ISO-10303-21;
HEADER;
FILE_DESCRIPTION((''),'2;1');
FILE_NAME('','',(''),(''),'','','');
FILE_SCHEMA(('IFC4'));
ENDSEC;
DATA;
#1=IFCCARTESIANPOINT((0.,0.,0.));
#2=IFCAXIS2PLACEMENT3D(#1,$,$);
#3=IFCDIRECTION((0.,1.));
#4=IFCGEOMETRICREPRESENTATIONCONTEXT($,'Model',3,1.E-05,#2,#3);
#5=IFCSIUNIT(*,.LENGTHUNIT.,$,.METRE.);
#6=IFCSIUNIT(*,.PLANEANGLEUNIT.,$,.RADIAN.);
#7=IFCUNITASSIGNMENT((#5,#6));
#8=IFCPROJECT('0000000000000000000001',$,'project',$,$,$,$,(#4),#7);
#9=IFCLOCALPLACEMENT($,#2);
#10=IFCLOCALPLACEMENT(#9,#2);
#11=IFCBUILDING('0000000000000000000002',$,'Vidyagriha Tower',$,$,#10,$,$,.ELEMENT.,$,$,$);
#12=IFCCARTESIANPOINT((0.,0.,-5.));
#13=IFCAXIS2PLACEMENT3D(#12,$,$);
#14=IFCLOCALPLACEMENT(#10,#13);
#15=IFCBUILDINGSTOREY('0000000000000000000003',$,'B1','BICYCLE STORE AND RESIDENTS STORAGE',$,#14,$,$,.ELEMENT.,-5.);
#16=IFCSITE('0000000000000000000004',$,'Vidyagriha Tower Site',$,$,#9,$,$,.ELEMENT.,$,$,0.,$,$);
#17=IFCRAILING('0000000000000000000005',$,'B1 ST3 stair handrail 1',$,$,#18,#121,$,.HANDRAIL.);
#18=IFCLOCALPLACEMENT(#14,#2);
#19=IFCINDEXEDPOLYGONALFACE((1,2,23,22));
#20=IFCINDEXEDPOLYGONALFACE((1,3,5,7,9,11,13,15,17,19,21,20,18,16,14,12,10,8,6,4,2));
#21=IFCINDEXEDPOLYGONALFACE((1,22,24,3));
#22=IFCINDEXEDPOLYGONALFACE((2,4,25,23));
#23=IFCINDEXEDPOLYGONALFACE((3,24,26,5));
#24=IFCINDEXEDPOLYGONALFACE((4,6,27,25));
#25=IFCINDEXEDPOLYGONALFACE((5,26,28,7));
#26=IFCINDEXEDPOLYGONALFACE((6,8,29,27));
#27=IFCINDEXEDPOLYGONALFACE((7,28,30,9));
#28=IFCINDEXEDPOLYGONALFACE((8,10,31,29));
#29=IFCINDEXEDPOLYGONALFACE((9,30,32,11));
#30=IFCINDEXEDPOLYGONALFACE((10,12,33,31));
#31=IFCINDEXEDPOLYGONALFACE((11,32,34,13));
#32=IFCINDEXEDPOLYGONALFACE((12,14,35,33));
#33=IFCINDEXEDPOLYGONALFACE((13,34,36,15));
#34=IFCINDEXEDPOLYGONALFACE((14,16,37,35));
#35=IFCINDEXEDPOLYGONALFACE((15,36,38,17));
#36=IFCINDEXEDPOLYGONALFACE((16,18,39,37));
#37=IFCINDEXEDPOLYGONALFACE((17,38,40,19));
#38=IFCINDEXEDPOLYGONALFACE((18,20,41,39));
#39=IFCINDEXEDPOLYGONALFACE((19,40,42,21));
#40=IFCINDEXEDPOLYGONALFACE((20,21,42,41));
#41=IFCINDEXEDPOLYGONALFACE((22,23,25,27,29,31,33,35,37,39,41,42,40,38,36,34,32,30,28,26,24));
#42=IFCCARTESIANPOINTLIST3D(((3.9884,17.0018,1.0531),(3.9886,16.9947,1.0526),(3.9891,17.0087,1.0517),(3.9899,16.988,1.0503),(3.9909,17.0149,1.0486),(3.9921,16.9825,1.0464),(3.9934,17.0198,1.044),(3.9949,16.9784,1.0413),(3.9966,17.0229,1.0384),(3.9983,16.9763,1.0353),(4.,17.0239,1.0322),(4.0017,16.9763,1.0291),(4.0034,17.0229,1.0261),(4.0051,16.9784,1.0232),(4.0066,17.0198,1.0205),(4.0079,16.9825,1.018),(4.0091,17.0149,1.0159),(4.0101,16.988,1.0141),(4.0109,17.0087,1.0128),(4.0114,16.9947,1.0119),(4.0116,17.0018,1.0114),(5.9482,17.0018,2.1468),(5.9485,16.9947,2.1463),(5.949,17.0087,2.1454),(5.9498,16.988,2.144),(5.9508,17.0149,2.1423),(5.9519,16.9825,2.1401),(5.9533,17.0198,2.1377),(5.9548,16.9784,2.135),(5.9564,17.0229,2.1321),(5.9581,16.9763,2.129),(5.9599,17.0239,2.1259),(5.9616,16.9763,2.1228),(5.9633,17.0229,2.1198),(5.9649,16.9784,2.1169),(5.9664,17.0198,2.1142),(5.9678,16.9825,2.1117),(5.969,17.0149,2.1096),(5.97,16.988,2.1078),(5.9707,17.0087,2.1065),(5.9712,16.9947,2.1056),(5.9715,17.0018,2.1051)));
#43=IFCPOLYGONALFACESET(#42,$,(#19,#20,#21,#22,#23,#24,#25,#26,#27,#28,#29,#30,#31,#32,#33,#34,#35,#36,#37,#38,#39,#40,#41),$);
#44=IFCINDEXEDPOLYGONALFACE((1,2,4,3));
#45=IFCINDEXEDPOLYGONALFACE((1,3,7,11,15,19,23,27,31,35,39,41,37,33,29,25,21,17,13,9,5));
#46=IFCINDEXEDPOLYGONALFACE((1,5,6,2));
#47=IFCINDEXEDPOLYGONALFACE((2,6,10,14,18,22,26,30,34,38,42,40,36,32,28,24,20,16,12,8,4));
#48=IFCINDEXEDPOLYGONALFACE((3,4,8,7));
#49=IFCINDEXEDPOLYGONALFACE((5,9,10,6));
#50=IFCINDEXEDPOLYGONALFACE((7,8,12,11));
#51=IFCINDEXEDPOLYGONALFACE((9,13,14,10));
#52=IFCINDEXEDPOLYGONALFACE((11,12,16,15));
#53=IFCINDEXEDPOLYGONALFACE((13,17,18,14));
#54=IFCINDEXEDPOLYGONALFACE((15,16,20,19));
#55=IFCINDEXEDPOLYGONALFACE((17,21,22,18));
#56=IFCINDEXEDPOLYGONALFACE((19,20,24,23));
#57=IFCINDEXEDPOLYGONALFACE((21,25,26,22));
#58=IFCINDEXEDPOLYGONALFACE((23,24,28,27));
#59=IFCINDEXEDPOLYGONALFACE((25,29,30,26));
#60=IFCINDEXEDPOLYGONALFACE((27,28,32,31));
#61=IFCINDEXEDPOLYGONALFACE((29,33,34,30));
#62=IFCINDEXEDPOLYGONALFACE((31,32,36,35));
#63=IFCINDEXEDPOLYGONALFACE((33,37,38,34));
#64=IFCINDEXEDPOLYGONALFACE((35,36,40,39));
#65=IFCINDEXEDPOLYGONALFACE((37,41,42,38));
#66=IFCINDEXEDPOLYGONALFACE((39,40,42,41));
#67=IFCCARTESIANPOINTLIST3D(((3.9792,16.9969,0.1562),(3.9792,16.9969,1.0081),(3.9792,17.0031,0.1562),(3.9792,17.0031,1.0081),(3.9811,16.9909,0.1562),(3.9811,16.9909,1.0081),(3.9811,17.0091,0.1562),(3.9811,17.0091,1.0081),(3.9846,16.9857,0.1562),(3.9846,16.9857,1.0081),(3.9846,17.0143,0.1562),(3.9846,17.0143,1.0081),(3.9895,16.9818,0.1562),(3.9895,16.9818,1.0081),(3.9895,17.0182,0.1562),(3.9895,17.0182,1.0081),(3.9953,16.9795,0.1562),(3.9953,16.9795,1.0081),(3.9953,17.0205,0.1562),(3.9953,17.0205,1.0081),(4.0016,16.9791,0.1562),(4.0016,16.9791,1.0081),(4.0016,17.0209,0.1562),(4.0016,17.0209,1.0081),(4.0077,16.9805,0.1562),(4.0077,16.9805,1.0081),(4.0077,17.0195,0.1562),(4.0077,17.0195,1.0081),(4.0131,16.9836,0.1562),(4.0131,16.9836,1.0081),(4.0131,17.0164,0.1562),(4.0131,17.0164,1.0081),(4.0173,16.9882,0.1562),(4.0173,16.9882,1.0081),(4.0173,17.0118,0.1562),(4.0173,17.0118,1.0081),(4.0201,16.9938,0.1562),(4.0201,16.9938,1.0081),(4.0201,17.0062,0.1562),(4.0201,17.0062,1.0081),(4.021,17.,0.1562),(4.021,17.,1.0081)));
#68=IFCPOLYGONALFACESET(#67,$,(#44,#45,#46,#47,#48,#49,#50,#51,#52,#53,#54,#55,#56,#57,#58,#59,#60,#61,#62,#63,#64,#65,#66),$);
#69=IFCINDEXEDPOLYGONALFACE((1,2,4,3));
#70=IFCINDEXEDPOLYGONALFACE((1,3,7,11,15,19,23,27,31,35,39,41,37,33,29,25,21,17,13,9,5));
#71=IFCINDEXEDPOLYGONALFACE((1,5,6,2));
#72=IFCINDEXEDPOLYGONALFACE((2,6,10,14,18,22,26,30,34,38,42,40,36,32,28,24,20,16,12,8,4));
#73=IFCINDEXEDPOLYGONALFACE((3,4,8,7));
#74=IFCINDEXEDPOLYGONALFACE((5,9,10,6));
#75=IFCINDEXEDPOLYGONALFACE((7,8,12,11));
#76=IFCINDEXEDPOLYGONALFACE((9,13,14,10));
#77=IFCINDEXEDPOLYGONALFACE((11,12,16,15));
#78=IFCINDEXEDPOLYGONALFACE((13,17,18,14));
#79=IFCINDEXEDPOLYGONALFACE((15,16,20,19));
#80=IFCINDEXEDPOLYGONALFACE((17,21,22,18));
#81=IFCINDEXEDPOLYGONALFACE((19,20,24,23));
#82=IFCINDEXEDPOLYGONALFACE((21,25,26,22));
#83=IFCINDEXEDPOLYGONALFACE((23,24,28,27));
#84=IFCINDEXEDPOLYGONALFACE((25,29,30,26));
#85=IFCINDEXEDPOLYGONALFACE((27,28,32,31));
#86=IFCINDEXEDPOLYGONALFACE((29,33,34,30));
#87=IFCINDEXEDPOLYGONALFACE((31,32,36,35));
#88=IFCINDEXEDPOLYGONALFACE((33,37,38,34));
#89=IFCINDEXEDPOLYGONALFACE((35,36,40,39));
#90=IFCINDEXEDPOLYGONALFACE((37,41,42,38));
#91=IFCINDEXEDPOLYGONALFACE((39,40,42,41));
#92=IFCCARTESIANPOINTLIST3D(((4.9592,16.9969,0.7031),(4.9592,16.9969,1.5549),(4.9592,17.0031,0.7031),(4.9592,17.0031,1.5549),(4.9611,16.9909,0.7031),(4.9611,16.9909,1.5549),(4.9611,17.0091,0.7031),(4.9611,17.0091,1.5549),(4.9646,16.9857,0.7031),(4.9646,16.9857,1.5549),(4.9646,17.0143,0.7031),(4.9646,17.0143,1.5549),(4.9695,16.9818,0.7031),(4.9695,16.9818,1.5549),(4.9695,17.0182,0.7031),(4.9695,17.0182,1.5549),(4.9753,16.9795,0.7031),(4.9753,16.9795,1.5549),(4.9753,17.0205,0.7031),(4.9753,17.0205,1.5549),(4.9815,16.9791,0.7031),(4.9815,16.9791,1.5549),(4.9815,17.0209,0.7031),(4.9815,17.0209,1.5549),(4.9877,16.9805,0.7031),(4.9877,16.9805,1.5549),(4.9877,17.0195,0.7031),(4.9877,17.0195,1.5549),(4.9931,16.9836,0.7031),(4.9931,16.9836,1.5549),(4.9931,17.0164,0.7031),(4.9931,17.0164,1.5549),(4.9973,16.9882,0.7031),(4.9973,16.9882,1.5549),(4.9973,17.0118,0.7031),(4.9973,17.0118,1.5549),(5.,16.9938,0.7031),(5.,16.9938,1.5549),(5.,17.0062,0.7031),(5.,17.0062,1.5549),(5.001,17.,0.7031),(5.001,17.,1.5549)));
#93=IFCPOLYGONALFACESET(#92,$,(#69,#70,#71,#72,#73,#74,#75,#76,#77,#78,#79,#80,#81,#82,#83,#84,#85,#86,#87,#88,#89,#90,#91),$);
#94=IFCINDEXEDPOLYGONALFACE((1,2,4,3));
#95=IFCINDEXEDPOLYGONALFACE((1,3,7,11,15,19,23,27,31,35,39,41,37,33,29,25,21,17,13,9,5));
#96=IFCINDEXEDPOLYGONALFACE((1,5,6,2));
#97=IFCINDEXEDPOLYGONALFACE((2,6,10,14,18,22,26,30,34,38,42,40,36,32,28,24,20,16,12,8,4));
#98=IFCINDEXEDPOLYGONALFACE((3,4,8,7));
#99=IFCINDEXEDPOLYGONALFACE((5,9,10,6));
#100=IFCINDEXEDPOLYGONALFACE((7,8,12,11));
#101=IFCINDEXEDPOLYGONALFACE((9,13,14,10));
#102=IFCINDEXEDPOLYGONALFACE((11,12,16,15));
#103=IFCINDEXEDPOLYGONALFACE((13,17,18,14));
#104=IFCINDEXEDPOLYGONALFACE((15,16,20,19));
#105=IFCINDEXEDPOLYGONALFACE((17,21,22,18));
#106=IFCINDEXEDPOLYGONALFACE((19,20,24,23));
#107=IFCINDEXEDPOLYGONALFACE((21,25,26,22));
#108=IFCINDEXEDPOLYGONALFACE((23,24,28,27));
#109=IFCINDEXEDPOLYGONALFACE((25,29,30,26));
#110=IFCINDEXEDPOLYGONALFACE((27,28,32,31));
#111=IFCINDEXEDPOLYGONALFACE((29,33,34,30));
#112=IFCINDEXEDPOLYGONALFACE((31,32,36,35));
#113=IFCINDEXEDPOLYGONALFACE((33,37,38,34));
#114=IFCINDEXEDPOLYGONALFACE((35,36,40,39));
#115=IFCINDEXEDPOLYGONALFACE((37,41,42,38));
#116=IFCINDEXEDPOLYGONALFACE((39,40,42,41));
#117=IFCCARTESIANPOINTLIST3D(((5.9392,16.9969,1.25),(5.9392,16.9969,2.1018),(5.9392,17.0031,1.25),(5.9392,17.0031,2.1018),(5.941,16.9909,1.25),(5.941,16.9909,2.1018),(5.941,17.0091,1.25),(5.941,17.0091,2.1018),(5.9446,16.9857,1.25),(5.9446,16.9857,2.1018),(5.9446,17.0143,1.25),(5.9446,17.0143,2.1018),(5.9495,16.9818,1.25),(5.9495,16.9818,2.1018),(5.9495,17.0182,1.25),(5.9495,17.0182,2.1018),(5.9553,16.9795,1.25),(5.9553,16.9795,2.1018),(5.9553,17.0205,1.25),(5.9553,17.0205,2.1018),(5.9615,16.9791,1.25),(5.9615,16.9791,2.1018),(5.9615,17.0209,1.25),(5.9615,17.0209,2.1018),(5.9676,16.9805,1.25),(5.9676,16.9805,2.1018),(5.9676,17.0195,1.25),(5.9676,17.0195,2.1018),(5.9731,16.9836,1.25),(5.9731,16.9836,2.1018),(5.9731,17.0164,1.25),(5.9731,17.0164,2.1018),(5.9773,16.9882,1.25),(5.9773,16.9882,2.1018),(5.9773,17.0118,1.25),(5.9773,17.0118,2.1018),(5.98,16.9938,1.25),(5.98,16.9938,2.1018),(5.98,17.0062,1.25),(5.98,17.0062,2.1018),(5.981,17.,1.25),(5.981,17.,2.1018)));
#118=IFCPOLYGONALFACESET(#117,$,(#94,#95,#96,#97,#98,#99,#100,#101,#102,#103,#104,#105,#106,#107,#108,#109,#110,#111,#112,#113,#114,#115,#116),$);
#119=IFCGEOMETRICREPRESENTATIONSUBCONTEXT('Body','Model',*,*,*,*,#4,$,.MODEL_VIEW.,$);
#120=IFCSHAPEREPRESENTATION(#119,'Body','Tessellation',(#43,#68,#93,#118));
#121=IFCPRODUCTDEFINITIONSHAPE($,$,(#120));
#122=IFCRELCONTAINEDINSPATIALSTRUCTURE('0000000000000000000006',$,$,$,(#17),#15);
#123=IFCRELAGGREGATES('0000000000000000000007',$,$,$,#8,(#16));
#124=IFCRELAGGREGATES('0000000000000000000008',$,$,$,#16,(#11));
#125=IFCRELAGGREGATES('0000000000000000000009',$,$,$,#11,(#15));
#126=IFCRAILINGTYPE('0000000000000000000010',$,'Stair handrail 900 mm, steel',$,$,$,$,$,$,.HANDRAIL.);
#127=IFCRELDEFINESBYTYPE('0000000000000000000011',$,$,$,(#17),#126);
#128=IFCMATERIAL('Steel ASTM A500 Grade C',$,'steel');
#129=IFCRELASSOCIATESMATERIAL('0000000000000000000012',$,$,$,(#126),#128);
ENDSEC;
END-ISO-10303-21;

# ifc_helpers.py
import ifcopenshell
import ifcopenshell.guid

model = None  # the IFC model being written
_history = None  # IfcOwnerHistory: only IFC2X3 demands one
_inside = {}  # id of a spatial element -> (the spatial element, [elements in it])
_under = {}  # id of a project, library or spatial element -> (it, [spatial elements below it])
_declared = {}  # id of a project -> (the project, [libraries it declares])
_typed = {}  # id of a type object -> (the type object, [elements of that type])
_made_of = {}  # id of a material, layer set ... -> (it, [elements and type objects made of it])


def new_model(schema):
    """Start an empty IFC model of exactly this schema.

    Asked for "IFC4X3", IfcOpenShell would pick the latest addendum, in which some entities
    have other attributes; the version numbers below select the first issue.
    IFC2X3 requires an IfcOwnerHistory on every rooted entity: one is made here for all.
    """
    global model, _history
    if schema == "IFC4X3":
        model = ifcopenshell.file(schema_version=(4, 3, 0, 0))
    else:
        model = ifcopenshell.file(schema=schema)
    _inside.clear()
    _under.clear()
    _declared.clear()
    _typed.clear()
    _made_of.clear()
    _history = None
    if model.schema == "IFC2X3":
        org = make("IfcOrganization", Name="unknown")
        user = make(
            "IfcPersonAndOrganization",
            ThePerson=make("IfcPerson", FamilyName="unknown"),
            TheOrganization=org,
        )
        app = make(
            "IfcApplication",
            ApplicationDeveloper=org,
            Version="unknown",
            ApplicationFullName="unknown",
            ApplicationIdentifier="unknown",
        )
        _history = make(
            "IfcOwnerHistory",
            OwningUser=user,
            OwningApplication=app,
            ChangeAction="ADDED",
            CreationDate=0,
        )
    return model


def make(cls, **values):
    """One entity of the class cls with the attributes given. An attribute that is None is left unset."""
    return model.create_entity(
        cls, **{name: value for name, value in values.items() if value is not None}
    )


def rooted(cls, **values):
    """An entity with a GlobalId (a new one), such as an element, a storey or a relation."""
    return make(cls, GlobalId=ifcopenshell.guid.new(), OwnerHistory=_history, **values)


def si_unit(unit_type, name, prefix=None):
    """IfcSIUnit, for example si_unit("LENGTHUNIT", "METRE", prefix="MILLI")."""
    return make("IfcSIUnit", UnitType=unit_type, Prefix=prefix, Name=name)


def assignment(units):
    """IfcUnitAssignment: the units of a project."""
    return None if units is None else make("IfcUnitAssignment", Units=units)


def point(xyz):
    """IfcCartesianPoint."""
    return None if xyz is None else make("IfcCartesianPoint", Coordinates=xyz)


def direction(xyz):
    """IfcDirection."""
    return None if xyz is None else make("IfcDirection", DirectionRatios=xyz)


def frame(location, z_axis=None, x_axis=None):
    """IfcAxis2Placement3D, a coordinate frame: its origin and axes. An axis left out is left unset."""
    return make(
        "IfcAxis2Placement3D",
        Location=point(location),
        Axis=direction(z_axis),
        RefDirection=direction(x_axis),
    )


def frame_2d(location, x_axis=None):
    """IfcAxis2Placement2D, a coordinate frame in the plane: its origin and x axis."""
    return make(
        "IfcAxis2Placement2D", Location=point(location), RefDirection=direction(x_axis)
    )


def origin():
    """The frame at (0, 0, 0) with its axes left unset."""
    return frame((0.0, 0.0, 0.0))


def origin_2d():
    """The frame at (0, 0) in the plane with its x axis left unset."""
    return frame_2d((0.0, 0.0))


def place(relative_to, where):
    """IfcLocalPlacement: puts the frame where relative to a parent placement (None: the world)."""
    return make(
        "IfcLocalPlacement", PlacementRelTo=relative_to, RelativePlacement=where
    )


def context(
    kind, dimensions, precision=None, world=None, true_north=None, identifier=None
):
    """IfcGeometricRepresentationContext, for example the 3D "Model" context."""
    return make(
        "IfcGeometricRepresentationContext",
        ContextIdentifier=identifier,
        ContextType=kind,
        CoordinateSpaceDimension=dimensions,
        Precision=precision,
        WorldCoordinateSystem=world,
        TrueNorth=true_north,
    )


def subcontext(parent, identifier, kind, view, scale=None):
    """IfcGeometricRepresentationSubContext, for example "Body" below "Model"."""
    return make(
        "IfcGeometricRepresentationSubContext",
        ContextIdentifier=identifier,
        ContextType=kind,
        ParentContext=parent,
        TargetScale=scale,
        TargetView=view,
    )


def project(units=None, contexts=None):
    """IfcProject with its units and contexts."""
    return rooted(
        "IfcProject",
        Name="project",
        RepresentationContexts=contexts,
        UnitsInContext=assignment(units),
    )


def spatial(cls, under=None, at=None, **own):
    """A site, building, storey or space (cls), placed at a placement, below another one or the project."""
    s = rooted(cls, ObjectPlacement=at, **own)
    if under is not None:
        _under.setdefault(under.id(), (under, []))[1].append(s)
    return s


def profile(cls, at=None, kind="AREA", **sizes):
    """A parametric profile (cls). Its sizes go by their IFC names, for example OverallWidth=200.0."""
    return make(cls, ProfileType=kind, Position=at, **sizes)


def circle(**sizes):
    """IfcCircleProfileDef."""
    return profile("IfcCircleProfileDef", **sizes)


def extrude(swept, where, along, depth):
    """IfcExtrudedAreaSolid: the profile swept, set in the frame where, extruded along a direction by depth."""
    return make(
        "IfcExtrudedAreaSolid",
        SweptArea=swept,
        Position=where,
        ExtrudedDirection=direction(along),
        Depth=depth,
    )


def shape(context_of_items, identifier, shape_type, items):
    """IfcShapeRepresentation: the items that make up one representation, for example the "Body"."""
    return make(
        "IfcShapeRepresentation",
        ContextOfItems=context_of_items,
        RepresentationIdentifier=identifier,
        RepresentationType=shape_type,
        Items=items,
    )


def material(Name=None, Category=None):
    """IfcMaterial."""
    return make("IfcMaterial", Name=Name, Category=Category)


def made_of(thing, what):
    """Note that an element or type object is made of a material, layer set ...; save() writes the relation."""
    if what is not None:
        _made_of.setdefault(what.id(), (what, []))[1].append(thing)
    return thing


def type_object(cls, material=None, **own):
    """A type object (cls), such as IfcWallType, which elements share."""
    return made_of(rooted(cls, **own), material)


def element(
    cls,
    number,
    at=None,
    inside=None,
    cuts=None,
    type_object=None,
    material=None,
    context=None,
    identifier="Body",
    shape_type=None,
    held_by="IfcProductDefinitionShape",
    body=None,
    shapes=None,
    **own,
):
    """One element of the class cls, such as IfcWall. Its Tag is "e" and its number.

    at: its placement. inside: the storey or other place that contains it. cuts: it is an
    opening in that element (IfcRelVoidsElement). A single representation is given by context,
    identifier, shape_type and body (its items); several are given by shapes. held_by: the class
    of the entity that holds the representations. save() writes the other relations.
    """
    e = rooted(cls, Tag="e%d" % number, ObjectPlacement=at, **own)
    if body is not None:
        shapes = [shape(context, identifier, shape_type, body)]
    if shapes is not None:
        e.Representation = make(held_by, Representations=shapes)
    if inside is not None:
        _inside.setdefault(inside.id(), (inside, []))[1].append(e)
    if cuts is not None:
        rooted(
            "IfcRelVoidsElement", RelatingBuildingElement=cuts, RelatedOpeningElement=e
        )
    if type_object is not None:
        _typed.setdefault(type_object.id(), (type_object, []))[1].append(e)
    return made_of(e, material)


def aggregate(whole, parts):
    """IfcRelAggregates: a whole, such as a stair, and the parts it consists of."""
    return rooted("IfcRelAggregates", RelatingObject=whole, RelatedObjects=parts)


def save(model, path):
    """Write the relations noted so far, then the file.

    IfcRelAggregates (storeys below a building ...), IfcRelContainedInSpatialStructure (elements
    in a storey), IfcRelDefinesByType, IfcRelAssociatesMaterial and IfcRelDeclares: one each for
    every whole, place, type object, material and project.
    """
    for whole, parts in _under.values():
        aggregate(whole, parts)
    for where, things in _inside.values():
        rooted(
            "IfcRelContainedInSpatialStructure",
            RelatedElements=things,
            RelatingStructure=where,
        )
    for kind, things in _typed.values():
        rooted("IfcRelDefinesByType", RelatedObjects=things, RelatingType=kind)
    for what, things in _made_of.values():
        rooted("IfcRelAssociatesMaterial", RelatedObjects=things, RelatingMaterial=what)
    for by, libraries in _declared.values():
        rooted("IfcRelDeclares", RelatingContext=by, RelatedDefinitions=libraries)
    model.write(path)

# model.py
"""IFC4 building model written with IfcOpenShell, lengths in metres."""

from ifc_helpers import new_model, si_unit, direction, frame, origin, origin_2d, place, context, subcontext, project, spatial, circle, extrude, material, type_object, element, save


model = new_model("IFC4")

# Units and contexts
model_context = context("Model", 3, precision=1e-05, world=origin(), true_north=direction((0.0, 1.0)))
body_context = subcontext(model_context, "Body", "Model", "MODEL_VIEW")
ifc_project = project(units=[si_unit("LENGTHUNIT", "METRE"), si_unit("PLANEANGLEUNIT", "RADIAN")], contexts=[model_context])

# Site, building, storey
site_placement = place(None, origin())
site = spatial("IfcSite", under=ifc_project, at=site_placement, Name="Vidyagriha Tower Site", CompositionType="ELEMENT", RefElevation=0.0)
building_placement = place(site_placement, origin())
building = spatial("IfcBuilding", under=site, at=building_placement, Name="Vidyagriha Tower", CompositionType="ELEMENT")
storey_placement = place(building_placement, frame((0.0, 0.0, -5.0)))
storey = spatial("IfcBuildingStorey", under=building, at=storey_placement, Name="B1", Description="BICYCLE STORE AND RESIDENTS STORAGE", CompositionType="ELEMENT", Elevation=-5.0)

# Railing
ifc_material_1 = material(Name="Steel ASTM A500 Grade C", Category="steel")
railing_type_1 = type_object("IfcRailingType", Name="Stair handrail 900 mm, steel", PredefinedType="HANDRAIL", material=ifc_material_1)
railing_1_placement = place(storey_placement, frame((4.0, 17.0, 0.1562)))
element("IfcRailing", 1, at=railing_1_placement, inside=storey, type_object=railing_type_1, Name="B1 ST3 stair handrail 1", PredefinedType="HANDRAIL", context=body_context, shape_type="SweptSolid", body=[
    extrude(circle(Radius=0.0239, at=origin_2d()), frame((0.0, 0.0, 0.876), z_axis=(0.873232, 0.0, 0.487304), x_axis=(0.0, 1.0, 0.0)), (0.0, 0.0, 1.0), 2.2444),
    extrude(circle(Radius=0.021, at=origin_2d()), origin(), (0.0, 0.0, 1.0), 0.8518),
    extrude(circle(Radius=0.021, at=origin_2d()), frame((0.98, 0.0, 0.5469)), (0.0, 0.0, 1.0), 0.8518),
    extrude(circle(Radius=0.021, at=origin_2d()), frame((1.96, 0.0, 1.0938)), (0.0, 0.0, 1.0), 0.8518),
])

save(model, "model.ifc")
